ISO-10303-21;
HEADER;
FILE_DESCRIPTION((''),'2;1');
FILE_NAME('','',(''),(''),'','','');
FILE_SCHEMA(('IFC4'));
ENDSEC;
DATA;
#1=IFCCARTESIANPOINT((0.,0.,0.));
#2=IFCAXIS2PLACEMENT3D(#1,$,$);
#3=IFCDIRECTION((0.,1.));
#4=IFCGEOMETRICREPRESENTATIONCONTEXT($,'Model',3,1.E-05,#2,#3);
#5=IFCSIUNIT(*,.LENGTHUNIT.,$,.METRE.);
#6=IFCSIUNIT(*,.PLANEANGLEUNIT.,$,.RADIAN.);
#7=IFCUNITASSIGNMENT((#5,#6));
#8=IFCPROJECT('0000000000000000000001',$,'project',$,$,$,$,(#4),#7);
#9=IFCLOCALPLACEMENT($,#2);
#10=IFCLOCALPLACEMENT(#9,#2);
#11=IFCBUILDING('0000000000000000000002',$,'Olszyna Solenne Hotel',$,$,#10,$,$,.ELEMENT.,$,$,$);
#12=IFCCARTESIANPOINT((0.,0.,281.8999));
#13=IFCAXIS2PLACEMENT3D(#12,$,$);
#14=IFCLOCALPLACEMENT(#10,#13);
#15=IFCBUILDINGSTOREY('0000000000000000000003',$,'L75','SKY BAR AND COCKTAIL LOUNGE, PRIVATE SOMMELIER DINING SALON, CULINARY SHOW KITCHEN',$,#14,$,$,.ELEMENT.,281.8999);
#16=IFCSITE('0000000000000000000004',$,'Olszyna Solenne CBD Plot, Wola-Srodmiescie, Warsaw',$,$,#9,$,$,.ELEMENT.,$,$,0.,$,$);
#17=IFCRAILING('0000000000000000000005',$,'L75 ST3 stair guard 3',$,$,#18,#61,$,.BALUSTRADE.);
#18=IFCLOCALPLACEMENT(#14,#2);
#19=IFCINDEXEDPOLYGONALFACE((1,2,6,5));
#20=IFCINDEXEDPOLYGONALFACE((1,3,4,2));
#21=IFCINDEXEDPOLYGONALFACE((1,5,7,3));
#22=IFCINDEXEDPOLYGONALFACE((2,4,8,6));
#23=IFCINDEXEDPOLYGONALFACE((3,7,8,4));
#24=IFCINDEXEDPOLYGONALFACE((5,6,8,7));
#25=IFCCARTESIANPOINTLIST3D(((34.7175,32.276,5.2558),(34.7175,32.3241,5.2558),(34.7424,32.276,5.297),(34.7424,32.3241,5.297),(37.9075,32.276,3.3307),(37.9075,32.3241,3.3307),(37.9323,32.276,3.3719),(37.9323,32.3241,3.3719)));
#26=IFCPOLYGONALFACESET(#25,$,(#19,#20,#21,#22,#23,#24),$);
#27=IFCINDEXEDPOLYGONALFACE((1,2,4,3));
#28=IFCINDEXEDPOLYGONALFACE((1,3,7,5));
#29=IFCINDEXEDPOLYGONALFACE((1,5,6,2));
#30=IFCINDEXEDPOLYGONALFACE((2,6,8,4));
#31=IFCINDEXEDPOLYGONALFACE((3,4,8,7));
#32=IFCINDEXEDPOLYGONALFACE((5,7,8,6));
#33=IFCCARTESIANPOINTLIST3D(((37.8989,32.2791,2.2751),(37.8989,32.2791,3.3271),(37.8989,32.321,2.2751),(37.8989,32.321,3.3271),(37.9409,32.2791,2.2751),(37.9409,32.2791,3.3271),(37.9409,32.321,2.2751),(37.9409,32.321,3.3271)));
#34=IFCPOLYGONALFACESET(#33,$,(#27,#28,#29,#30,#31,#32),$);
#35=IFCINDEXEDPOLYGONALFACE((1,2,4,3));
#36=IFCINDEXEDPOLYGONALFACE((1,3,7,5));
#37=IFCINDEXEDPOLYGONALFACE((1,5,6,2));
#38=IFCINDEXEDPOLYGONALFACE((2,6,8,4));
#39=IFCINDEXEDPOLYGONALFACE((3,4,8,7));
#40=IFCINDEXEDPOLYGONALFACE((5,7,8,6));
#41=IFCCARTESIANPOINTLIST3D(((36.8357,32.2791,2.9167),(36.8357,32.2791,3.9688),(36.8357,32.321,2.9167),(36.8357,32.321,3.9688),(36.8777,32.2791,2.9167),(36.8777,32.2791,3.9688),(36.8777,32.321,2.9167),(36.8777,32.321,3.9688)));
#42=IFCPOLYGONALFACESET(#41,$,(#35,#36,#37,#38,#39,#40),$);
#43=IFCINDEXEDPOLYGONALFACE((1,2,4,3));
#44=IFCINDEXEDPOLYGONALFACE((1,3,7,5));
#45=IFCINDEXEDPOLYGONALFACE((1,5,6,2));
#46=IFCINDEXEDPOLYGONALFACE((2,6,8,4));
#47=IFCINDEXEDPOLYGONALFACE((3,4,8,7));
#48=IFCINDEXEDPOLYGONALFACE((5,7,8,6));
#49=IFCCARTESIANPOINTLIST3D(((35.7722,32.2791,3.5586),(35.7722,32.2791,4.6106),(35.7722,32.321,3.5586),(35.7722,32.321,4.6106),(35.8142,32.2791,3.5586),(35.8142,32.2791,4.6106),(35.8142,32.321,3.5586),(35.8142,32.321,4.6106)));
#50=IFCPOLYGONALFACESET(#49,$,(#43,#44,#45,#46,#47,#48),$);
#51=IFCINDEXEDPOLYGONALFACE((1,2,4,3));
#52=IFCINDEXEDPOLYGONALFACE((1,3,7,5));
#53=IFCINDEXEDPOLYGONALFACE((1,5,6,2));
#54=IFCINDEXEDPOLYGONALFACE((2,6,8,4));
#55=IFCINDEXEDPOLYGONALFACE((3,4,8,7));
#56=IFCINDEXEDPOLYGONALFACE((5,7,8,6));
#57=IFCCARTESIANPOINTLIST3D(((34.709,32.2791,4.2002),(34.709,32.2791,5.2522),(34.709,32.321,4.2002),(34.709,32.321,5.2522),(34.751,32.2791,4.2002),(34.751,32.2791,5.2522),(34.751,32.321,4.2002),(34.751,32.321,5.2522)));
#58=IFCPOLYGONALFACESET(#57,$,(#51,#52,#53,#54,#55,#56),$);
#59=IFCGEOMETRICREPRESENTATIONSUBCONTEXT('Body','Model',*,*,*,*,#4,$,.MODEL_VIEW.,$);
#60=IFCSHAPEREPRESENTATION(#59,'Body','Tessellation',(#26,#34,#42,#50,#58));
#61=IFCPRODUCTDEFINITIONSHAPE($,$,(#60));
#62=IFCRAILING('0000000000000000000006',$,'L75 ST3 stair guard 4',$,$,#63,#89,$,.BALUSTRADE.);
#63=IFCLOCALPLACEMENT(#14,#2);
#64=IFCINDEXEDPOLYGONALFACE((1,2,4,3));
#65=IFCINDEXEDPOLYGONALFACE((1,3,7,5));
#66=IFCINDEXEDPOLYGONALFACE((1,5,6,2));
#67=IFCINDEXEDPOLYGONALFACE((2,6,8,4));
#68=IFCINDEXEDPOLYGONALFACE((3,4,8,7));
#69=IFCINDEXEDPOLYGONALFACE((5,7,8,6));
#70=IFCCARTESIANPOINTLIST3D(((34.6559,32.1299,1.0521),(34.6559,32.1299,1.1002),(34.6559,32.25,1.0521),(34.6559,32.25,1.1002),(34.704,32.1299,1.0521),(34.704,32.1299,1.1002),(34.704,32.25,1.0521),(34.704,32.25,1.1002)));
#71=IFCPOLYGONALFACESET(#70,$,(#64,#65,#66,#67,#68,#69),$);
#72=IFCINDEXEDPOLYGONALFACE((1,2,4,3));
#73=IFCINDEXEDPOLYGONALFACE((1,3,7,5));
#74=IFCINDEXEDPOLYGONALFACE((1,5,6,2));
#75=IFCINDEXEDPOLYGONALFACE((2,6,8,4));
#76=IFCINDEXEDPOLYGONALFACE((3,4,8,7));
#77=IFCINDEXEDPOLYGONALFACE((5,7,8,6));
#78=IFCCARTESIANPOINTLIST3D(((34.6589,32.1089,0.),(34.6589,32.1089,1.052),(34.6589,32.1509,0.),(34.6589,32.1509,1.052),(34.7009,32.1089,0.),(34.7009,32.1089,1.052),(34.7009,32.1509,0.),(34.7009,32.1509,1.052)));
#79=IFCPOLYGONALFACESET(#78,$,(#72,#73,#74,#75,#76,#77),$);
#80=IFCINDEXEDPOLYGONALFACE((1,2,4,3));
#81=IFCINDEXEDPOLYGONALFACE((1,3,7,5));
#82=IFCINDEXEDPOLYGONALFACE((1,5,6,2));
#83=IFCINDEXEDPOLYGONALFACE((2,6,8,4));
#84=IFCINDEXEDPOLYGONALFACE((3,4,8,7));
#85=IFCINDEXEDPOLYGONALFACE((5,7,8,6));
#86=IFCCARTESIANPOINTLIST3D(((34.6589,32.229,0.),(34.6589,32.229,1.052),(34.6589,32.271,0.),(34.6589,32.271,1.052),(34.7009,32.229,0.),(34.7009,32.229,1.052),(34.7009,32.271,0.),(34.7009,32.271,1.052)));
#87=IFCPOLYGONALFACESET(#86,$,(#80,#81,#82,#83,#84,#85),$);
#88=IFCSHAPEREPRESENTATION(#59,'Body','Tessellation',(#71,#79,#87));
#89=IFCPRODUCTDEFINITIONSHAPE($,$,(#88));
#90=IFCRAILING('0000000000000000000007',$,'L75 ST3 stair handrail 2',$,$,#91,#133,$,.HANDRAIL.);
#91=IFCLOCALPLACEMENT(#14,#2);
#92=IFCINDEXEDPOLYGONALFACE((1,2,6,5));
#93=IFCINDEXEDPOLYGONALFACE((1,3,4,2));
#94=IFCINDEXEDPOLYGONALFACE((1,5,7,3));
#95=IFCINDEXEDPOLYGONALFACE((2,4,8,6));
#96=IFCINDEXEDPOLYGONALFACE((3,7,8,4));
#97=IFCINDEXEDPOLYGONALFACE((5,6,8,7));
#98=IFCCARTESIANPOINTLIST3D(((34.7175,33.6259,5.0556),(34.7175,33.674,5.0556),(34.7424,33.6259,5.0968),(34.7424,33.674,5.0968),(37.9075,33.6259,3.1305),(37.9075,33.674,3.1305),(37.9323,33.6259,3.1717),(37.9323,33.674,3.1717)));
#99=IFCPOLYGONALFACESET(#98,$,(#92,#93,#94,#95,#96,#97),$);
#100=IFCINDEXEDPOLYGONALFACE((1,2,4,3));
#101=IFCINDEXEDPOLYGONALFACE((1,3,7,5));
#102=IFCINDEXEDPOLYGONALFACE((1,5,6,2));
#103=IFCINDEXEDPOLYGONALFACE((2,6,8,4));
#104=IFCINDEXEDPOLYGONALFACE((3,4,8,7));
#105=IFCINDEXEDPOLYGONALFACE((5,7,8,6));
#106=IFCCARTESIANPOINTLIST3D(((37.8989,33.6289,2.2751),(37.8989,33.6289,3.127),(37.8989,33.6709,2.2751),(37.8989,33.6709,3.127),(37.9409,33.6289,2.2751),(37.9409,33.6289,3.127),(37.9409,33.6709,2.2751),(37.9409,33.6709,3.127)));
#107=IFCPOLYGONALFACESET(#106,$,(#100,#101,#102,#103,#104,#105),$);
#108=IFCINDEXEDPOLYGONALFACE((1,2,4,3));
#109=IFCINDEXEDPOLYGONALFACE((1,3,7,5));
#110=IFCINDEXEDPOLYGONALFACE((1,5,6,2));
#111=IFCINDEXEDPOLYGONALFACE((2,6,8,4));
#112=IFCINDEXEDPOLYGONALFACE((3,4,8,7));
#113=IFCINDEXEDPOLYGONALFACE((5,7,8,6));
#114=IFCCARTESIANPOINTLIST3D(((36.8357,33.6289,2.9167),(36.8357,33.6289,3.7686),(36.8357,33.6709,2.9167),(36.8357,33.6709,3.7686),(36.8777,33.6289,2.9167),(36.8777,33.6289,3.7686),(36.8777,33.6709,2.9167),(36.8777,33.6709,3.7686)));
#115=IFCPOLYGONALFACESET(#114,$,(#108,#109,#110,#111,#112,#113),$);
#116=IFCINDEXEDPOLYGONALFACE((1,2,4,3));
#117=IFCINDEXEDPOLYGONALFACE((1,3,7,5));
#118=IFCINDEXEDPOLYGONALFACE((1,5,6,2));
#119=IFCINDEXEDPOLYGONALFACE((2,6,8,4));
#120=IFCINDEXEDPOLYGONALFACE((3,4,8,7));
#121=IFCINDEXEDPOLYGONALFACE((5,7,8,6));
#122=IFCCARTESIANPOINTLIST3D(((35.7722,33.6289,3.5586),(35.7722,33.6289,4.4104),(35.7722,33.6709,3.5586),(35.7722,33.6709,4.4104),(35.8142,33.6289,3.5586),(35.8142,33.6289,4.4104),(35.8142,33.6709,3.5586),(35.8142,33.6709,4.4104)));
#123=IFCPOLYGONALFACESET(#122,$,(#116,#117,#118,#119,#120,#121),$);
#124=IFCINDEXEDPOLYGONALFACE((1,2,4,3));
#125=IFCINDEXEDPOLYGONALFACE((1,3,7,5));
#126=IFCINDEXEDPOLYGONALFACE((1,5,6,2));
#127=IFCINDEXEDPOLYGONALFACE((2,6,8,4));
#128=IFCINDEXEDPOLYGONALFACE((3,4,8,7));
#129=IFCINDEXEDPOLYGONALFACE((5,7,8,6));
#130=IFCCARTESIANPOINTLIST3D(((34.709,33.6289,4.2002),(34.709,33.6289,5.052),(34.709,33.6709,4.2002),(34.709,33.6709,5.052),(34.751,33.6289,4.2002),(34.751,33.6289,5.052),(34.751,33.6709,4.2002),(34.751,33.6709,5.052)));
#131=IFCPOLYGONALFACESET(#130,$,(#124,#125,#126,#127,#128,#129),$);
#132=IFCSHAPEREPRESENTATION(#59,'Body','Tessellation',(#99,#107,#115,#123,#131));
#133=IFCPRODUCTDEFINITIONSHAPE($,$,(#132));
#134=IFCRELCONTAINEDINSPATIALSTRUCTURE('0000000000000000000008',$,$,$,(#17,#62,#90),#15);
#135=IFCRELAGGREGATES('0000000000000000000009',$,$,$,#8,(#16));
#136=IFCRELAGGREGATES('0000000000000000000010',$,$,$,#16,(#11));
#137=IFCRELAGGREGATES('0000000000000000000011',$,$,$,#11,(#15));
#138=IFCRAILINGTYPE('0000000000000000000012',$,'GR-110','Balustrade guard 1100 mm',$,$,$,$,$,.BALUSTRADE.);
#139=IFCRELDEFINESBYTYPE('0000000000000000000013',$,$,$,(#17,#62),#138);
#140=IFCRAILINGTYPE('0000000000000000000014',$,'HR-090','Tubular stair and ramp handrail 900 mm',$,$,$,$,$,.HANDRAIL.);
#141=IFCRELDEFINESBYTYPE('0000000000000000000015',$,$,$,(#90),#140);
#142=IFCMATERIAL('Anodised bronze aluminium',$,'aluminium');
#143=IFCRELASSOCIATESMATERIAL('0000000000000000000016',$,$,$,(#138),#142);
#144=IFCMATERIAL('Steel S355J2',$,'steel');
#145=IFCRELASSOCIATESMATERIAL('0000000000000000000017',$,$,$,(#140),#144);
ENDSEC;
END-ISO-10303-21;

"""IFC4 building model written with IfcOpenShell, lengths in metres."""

from ifc_helpers import new_model, si_unit, direction, frame, origin, origin_2d, place, context, subcontext, project, spatial, rectangle, extrude, material, type_object, element, save


model = new_model("IFC4")

# Units and contexts
model_context = context("Model", 3, precision=1e-05, world=origin(), true_north=direction((0.0, 1.0)))
body_context = subcontext(model_context, "Body", "Model", "MODEL_VIEW")
ifc_project = project(units=[si_unit("LENGTHUNIT", "METRE"), si_unit("PLANEANGLEUNIT", "RADIAN")], contexts=[model_context])

# Site, building, storey
site_placement = place(None, origin())
site = spatial("IfcSite", under=ifc_project, at=site_placement, Name="Olszyna Solenne CBD Plot, Wola-Srodmiescie, Warsaw", CompositionType="ELEMENT", RefElevation=0.0)
building_placement = place(site_placement, origin())
building = spatial("IfcBuilding", under=site, at=building_placement, Name="Olszyna Solenne Hotel", CompositionType="ELEMENT")
storey_placement = place(building_placement, frame((0.0, 0.0, 281.8999)))
storey = spatial("IfcBuildingStorey", under=building, at=storey_placement, Name="L75", Description="SKY BAR AND COCKTAIL LOUNGE, PRIVATE SOMMELIER DINING SALON, CULINARY SHOW KITCHEN", CompositionType="ELEMENT", Elevation=281.8999)

# Shared definitions
ifc_material_1 = material(Name="Steel S355J2", Category="steel")

# Shared definitions
ifc_material_2 = material(Name="Anodised bronze aluminium", Category="aluminium")

# Railings
railing_type_1 = type_object("IfcRailingType", Name="GR-110", Description="Balustrade guard 1100 mm", PredefinedType="BALUSTRADE", material=ifc_material_2)
railing_1_placement = place(storey_placement, frame((37.9199, 32.3, 2.2751)))
element("IfcRailing", 1, at=railing_1_placement, inside=storey, type_object=railing_type_1, Name="L75 ST3 stair guard 3", PredefinedType="BALUSTRADE", context=body_context, shape_type="SweptSolid", body=[
    extrude(rectangle(XDim=0.0481, YDim=0.0481, at=origin_2d()), frame((0.0, 0.0, 1.0762), z_axis=(-0.856178, 0.0, 0.516682), x_axis=(0.0, -1.0, 0.0)), (0.0, 0.0, 1.0), 3.7258),
    extrude(rectangle(XDim=0.042, YDim=0.042, at=origin_2d()), origin(), (0.0, 0.0, 1.0), 1.052),
    extrude(rectangle(XDim=0.042, YDim=0.042, at=origin_2d()), frame((-1.0632, 0.0, 0.6416)), (0.0, 0.0, 1.0), 1.052),
    extrude(rectangle(XDim=0.042, YDim=0.042, at=origin_2d()), frame((-2.1267, 0.0, 1.2834)), (0.0, 0.0, 1.0), 1.052),
    extrude(rectangle(XDim=0.042, YDim=0.042, at=origin_2d()), frame((-3.1899, 0.0, 1.925)), (0.0, 0.0, 1.0), 1.052),
])
railing_2_placement = place(storey_placement, frame((34.6799, 32.1299, 0.0)))
element("IfcRailing", 2, at=railing_2_placement, inside=storey, type_object=railing_type_1, Name="L75 ST3 stair guard 4", PredefinedType="BALUSTRADE", context=body_context, shape_type="SweptSolid", body=[
    extrude(rectangle(XDim=0.0481, YDim=0.0481, at=origin_2d()), frame((0.0, 0.0, 1.0762), z_axis=(0.0, 1.0, 0.0), x_axis=(-1.0, 0.0, 0.0)), (0.0, 0.0, 1.0), 0.1201),
    extrude(rectangle(XDim=0.042, YDim=0.042, at=origin_2d()), origin(), (0.0, 0.0, 1.0), 1.052),
    extrude(rectangle(XDim=0.042, YDim=0.042, at=origin_2d()), frame((0.0, 0.1201, 0.0)), (0.0, 0.0, 1.0), 1.052),
])
railing_type_2 = type_object("IfcRailingType", Name="HR-090", Description="Tubular stair and ramp handrail 900 mm", PredefinedType="HANDRAIL", material=ifc_material_1)
railing_3_placement = place(storey_placement, frame((37.9199, 33.6499, 2.2751)))
element("IfcRailing", 3, at=railing_3_placement, inside=storey, type_object=railing_type_2, Name="L75 ST3 stair handrail 2", PredefinedType="HANDRAIL", context=body_context, shape_type="SweptSolid", body=[
    extrude(rectangle(XDim=0.0481, YDim=0.0481, at=origin_2d()), frame((0.0, 0.0, 0.876), z_axis=(-0.856178, 0.0, 0.516682), x_axis=(0.0, -1.0, 0.0)), (0.0, 0.0, 1.0), 3.7258),
    extrude(rectangle(XDim=0.042, YDim=0.042, at=origin_2d()), origin(), (0.0, 0.0, 1.0), 0.8518),
    extrude(rectangle(XDim=0.042, YDim=0.042, at=origin_2d()), frame((-1.0632, 0.0, 0.6416)), (0.0, 0.0, 1.0), 0.8518),
    extrude(rectangle(XDim=0.042, YDim=0.042, at=origin_2d()), frame((-2.1267, 0.0, 1.2834)), (0.0, 0.0, 1.0), 0.8518),
    extrude(rectangle(XDim=0.042, YDim=0.042, at=origin_2d()), frame((-3.1899, 0.0, 1.925)), (0.0, 0.0, 1.0), 0.8518),
])

save(model, "model.ifc")
